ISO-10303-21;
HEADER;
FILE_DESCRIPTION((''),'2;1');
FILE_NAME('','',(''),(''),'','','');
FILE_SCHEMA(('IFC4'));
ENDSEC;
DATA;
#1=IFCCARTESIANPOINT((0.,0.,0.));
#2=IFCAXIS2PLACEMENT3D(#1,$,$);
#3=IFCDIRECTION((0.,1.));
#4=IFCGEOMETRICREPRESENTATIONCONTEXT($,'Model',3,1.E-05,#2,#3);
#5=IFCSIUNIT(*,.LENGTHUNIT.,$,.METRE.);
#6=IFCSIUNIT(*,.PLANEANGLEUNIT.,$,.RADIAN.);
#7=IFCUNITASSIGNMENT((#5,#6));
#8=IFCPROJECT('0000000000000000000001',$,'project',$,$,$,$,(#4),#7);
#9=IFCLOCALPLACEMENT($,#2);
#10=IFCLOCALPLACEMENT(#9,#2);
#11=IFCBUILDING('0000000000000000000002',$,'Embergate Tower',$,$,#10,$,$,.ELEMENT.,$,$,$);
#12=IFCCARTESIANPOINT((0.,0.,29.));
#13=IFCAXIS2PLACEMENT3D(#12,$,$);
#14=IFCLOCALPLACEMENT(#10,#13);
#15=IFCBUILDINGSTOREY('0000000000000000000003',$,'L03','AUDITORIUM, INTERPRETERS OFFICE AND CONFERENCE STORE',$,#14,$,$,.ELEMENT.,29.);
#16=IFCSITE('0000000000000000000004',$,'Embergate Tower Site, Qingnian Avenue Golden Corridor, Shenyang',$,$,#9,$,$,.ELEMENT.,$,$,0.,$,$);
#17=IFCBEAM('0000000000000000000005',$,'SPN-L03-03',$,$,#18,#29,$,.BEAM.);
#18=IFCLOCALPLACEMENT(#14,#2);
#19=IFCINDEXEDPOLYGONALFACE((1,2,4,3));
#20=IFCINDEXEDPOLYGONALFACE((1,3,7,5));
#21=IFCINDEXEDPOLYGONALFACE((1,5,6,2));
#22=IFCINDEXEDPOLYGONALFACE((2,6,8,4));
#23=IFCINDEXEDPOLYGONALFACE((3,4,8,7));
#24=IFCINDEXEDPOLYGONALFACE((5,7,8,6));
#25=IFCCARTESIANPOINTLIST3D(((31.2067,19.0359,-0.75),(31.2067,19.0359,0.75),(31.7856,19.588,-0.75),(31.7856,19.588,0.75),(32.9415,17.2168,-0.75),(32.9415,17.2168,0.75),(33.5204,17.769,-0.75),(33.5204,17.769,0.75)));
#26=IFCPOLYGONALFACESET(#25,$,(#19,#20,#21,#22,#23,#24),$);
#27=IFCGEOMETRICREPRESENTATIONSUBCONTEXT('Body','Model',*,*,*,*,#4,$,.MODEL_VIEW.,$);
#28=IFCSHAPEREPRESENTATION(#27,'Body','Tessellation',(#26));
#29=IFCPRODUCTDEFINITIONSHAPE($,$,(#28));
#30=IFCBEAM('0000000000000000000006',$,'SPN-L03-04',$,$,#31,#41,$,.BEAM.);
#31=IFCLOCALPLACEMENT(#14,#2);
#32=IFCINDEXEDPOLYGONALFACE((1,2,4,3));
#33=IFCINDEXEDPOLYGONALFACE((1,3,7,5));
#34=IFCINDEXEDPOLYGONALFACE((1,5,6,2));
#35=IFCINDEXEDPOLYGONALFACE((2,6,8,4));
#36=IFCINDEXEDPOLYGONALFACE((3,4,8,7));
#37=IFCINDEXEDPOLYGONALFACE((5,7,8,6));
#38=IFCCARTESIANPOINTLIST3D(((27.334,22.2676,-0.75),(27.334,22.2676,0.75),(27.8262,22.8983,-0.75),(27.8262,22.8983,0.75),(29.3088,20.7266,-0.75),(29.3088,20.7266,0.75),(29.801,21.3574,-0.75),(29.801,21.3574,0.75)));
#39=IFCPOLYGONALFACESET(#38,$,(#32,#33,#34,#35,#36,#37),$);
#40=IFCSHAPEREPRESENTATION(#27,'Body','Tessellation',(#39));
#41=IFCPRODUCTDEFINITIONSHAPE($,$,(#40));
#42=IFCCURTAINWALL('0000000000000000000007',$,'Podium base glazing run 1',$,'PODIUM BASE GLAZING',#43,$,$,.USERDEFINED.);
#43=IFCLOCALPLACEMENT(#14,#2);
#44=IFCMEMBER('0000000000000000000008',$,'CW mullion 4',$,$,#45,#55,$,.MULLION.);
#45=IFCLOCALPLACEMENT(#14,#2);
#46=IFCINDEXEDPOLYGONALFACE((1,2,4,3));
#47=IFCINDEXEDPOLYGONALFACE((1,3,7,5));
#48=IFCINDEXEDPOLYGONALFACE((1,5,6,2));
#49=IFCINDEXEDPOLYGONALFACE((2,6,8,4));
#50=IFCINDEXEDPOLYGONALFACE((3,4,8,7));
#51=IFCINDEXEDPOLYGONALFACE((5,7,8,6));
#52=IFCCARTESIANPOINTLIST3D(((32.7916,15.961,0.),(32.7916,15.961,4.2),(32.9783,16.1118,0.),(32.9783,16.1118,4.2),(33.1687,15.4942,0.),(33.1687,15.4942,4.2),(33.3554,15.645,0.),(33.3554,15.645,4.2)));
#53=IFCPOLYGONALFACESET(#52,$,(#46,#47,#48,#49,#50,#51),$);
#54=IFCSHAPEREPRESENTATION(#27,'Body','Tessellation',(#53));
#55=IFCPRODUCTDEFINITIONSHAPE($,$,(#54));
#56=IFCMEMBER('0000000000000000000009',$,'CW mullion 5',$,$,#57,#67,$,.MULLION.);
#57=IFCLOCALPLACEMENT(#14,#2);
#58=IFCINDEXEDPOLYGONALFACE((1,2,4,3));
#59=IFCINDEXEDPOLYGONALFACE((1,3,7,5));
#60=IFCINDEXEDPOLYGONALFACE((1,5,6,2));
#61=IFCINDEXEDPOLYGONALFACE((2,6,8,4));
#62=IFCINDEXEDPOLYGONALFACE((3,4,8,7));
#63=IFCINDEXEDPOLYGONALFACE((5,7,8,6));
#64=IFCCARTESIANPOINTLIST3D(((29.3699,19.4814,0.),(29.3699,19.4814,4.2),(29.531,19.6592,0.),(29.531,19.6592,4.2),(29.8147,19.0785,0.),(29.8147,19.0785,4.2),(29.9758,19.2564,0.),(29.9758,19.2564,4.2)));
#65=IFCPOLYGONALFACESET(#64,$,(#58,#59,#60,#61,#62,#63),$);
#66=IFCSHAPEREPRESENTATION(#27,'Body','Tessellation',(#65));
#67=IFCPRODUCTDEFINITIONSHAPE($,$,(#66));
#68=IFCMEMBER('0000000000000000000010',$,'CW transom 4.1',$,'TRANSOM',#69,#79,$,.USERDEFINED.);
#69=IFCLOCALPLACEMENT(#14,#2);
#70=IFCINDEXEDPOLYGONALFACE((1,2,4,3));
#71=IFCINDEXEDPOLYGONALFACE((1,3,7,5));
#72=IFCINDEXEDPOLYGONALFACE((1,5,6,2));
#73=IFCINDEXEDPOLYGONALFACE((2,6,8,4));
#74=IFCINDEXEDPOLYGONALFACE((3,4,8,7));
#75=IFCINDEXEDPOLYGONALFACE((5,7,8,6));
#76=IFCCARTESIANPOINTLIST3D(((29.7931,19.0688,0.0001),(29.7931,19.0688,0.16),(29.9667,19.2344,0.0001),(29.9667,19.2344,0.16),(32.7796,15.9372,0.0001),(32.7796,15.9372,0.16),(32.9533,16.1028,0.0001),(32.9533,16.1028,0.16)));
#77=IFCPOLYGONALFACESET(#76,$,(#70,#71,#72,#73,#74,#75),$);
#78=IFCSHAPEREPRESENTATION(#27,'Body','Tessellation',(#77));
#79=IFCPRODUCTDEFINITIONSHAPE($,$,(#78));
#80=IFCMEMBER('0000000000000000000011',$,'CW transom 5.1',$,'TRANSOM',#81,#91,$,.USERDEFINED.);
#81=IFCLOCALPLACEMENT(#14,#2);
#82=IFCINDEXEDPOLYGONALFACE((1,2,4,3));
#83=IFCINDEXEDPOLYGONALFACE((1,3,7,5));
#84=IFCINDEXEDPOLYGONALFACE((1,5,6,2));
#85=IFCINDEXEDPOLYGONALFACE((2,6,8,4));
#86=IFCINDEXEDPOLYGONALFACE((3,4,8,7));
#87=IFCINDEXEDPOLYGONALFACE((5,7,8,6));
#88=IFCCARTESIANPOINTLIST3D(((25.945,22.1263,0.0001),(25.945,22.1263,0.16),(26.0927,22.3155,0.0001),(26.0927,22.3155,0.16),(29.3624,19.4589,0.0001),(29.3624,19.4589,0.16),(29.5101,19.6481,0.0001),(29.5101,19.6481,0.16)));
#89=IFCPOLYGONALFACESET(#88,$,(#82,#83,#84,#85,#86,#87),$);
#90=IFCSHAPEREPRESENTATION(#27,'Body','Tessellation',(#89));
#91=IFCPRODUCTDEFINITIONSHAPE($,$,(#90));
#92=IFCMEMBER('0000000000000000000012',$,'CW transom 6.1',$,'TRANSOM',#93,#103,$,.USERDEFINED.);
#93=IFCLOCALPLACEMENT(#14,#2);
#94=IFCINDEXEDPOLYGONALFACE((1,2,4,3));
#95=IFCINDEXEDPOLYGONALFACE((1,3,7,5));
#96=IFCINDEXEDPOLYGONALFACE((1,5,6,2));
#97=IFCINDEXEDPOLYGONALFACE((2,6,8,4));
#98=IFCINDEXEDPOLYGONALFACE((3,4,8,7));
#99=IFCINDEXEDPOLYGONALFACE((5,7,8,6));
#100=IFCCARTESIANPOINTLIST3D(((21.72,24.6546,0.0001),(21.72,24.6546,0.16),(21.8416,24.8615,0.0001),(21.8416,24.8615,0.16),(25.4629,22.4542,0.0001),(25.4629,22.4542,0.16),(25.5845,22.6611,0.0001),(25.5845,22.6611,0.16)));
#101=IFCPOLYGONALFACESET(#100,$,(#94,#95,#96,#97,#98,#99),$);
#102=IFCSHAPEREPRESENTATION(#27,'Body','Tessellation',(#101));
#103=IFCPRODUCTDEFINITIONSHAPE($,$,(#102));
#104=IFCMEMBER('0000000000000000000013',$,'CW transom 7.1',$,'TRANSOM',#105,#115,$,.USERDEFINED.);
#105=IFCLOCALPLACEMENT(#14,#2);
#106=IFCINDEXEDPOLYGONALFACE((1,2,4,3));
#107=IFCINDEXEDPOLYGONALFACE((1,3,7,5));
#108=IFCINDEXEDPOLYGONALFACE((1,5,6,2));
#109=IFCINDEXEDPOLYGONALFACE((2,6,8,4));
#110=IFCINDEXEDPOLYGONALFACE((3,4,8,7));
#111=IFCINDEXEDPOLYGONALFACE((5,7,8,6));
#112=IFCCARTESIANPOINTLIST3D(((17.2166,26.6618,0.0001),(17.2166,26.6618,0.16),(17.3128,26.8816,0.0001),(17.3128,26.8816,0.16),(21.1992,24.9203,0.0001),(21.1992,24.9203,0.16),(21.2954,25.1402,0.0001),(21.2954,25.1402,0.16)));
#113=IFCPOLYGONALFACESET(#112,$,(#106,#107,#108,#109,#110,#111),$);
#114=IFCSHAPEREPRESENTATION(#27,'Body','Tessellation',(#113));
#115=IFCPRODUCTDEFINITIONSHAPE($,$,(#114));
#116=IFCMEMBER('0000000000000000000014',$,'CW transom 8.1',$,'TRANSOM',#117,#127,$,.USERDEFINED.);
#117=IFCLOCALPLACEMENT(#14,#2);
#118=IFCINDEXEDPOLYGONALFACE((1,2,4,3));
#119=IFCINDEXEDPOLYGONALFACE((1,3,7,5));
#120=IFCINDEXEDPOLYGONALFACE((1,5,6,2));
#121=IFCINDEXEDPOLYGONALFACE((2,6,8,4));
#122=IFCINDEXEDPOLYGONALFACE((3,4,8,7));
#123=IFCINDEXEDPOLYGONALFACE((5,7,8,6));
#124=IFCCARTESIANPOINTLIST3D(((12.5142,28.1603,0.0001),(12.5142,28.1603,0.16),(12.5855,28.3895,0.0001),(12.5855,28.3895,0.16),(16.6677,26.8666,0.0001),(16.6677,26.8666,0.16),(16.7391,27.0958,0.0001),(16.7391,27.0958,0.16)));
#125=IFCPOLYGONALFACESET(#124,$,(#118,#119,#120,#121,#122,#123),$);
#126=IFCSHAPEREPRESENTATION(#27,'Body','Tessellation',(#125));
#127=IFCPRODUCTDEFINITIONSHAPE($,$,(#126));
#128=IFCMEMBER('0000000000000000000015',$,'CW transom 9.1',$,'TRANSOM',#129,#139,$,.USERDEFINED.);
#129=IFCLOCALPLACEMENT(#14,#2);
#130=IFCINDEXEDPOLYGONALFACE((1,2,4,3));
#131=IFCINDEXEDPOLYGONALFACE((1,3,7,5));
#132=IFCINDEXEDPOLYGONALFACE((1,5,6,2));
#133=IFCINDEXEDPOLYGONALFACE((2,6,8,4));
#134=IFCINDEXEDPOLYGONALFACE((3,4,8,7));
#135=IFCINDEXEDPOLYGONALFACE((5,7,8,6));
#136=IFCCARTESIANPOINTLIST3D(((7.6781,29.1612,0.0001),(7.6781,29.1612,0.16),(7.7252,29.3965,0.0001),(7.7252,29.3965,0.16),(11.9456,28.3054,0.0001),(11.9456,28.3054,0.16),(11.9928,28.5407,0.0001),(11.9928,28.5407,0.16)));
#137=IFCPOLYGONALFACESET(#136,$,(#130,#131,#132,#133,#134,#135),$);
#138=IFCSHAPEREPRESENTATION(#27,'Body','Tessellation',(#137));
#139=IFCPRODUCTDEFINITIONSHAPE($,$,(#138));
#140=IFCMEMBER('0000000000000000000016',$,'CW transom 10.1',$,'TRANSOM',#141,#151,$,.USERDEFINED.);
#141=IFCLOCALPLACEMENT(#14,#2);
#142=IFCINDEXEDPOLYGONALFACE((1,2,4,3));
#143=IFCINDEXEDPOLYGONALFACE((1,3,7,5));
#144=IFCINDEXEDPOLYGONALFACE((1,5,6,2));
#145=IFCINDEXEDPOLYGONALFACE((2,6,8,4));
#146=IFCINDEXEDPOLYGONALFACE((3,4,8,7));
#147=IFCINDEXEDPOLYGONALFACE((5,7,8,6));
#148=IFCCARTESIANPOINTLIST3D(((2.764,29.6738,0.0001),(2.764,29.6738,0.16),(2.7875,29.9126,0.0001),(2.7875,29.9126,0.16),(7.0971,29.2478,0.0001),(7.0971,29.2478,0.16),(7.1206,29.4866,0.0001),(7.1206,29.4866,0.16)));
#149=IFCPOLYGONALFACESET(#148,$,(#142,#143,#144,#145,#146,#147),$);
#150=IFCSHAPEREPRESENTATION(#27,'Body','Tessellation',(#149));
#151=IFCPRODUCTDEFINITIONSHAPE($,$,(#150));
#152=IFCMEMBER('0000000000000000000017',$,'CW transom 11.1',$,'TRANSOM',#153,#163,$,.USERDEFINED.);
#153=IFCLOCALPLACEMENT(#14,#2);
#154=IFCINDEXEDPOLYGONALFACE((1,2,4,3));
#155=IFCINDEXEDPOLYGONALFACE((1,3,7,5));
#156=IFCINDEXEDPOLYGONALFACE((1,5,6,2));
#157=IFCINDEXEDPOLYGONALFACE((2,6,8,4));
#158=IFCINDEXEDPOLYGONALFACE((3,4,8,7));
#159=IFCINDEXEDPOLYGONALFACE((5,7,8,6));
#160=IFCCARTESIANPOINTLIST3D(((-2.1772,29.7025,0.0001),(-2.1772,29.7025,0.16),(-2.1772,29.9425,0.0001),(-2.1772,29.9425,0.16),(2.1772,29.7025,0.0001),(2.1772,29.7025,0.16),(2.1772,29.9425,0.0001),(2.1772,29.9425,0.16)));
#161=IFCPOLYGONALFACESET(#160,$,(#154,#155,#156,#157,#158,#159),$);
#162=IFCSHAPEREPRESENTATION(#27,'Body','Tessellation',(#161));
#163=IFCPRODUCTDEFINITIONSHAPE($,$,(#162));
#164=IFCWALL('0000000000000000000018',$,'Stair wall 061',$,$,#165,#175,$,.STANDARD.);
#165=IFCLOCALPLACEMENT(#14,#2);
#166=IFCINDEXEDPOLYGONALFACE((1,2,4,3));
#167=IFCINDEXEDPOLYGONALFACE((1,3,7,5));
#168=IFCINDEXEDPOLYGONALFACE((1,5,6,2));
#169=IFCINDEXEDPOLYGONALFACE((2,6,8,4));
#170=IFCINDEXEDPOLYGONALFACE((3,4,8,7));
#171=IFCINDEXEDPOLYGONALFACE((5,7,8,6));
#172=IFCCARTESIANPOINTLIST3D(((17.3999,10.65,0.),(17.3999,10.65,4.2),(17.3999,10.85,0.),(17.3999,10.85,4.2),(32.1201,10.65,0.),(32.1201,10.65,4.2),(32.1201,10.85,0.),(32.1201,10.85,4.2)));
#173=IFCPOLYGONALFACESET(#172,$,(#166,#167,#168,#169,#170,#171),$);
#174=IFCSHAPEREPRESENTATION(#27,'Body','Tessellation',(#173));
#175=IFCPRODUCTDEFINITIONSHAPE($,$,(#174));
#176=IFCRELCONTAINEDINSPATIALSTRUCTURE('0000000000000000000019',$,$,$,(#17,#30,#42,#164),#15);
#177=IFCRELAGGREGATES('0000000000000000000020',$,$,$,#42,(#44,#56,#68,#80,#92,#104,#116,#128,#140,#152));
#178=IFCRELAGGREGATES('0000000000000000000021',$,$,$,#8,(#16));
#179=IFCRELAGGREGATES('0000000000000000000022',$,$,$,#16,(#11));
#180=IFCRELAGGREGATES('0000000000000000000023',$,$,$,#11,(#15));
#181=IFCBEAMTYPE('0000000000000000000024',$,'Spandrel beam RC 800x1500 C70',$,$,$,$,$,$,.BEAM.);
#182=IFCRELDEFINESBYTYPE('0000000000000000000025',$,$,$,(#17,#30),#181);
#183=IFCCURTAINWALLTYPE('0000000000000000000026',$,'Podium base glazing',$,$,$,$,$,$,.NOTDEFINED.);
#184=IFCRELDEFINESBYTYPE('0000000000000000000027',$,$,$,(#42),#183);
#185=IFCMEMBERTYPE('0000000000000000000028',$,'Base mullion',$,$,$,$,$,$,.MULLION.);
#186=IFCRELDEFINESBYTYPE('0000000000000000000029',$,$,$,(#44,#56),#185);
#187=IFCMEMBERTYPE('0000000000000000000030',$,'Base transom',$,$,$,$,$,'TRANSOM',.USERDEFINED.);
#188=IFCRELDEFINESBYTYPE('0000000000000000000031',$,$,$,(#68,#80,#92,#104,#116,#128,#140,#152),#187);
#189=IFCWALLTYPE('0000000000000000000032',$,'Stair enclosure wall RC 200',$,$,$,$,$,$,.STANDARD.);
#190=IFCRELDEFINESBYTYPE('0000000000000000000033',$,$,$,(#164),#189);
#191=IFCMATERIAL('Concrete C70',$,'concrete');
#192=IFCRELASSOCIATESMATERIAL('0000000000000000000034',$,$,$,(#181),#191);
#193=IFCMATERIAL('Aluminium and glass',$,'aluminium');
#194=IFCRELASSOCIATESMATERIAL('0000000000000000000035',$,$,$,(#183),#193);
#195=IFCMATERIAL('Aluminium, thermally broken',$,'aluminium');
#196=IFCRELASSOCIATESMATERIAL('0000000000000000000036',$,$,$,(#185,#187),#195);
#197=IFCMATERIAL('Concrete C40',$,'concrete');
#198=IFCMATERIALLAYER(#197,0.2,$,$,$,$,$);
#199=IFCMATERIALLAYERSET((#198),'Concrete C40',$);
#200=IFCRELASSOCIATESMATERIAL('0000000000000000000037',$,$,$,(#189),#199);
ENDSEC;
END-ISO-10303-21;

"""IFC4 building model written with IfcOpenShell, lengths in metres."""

from ifc_helpers import new_model, si_unit, direction, frame, frame_2d, origin, origin_2d, place, context, subcontext, project, spatial, rectangle, extrude, source, transform, mapped, material, layer, layer_set, material_profile, profile_set, type_object, element, aggregate, save


model = new_model("IFC4")

# Units and contexts
model_context = context("Model", 3, precision=1e-05, world=origin(), true_north=direction((0.0, 1.0)))
body_context = subcontext(model_context, "Body", "Model", "MODEL_VIEW")
ifc_project = project(units=[si_unit("LENGTHUNIT", "METRE"), si_unit("PLANEANGLEUNIT", "RADIAN")], contexts=[model_context])

# Site, building, storey
site_placement = place(None, origin())
site = spatial("IfcSite", under=ifc_project, at=site_placement, Name="Embergate Tower Site, Qingnian Avenue Golden Corridor, Shenyang", CompositionType="ELEMENT", RefElevation=0.0)
building_placement = place(site_placement, origin())
building = spatial("IfcBuilding", under=site, at=building_placement, Name="Embergate Tower", CompositionType="ELEMENT")
storey_placement = place(building_placement, frame((0.0, 0.0, 29.0)))
storey = spatial("IfcBuildingStorey", under=building, at=storey_placement, Name="L03", Description="AUDITORIUM, INTERPRETERS OFFICE AND CONFERENCE STORE", CompositionType="ELEMENT", Elevation=29.0)

# Beams
ifc_material_1 = material(Name="Concrete C70", Category="concrete")
ifc_material_profile_1 = material_profile(ifc_material_1, rectangle(XDim=0.8, YDim=1.5, at=origin_2d()), Name="RC 800x1500")
ifc_profile_set_1 = profile_set([ifc_material_profile_1], Name="Concrete C70")
beam_type = type_object("IfcBeamType", Name="Spandrel beam RC 800x1500 C70", PredefinedType="BEAM", material=ifc_profile_set_1)
shared_shape_1 = source(origin(), body_context, "Body", "SweptSolid", [
    extrude(rectangle(XDim=0.8, YDim=1.5, at=origin_2d()), origin(), (0.0, 0.0, 1.0), 2.5137),
])
beam_1_placement = place(storey_placement, frame((33.231, 17.4929, 0.0), z_axis=(-0.690155, 0.723662, 0.0), x_axis=(-0.723662, -0.690155, 0.0)))
element("IfcBeam", 1, at=beam_1_placement, inside=storey, type_object=beam_type, Name="SPN-L03-03", PredefinedType="BEAM", context=body_context, shape_type="MappedRepresentation", body=[
    mapped(shared_shape_1, transform((0.0, 0.0, 0.0))),
])
shared_shape_2 = source(origin(), body_context, "Body", "SweptSolid", [
    extrude(rectangle(XDim=0.8, YDim=1.5, at=origin_2d()), origin(), (0.0, 0.0, 1.0), 2.5049),
])
beam_2_placement = place(storey_placement, frame((29.5549, 21.042, 0.0), z_axis=(-0.78838, 0.615188, 0.0), x_axis=(-0.615188, -0.78838, 0.0)))
element("IfcBeam", 2, at=beam_2_placement, inside=storey, type_object=beam_type, Name="SPN-L03-04", PredefinedType="BEAM", context=body_context, shape_type="MappedRepresentation", body=[
    mapped(shared_shape_2, transform((0.0, 0.0, 0.0))),
])

# Curtain wall, members
ifc_material_2 = material(Name="Aluminium and glass", Category="aluminium")
curtain_wall_type = type_object("IfcCurtainWallType", Name="Podium base glazing", PredefinedType="NOTDEFINED", material=ifc_material_2)
curtain_wall_placement = place(storey_placement, origin())
curtain_wall = element("IfcCurtainWall", 3, at=curtain_wall_placement, inside=storey, type_object=curtain_wall_type, Name="Podium base glazing run 1", ObjectType="PODIUM BASE GLAZING", PredefinedType="USERDEFINED")
ifc_material_3 = material(Name="Aluminium, thermally broken", Category="aluminium")
ifc_material_profile_2 = material_profile(ifc_material_3, rectangle(XDim=0.24, YDim=0.6001, at=origin_2d()), Name="AL 600x240")
ifc_profile_set_2 = profile_set([ifc_material_profile_2], Name="Aluminium, thermally broken")
member_type_1 = type_object("IfcMemberType", Name="Base mullion", PredefinedType="MULLION", material=ifc_profile_set_2)
shared_shape_3 = source(origin(), body_context, "Body", "SweptSolid", [
    extrude(rectangle(XDim=0.24, YDim=0.6001, at=origin_2d()), origin(), (0.0, 0.0, 1.0), 4.2),
])
member_1_placement = place(storey_placement, frame((33.0735, 15.803, 0.0), z_axis=(0.0, 0.0, 1.0), x_axis=(-0.77788, -0.628413, 0.0)))
member_1 = element("IfcMember", 4, at=member_1_placement, type_object=member_type_1, Name="CW mullion 4", PredefinedType="MULLION", context=body_context, shape_type="MappedRepresentation", body=[
    mapped(shared_shape_3, transform((0.0, 0.0, 0.0))),
])
member_2_placement = place(storey_placement, frame((29.6729, 19.3689, 0.0), z_axis=(0.0, 0.0, 1.0), x_axis=(-0.671236, -0.741244, 0.0)))
member_2 = element("IfcMember", 5, at=member_2_placement, type_object=member_type_1, Name="CW mullion 5", PredefinedType="MULLION", context=body_context, shape_type="MappedRepresentation", body=[
    mapped(shared_shape_3, transform((0.0, 0.0, 0.0))),
])
ifc_material_profile_3 = material_profile(ifc_material_3, rectangle(XDim=0.24, YDim=0.1599, at=origin_2d()), Name="AL 160x240")
ifc_profile_set_3 = profile_set([ifc_material_profile_3], Name="Aluminium, thermally broken")
member_type_2 = type_object("IfcMemberType", Name="Base transom", ElementType="TRANSOM", PredefinedType="USERDEFINED", material=ifc_profile_set_3)
shared_shape_4 = source(origin(), body_context, "Body", "SweptSolid", [
    extrude(rectangle(XDim=0.24, YDim=0.1599, at=origin_2d()), origin(), (0.0, 0.0, 1.0), 4.3274),
])
member_3_placement = place(storey_placement, frame((32.8665, 16.02, 0.0801), z_axis=(-0.690152, 0.723664, 0.0), x_axis=(-0.723664, -0.690152, 0.0)))
member_3 = element("IfcMember", 6, at=member_3_placement, type_object=member_type_2, Name="CW transom 4.1", ObjectType="TRANSOM", PredefinedType="USERDEFINED", context=body_context, shape_type="MappedRepresentation", body=[
    mapped(shared_shape_4, transform((0.0, 0.0, 0.0))),
])
shared_shape_5 = source(origin(), body_context, "Body", "SweptSolid", [
    extrude(rectangle(XDim=0.24, YDim=0.1599, at=origin_2d()), origin(), (0.0, 0.0, 1.0), 4.3352),
])
member_4_placement = place(storey_placement, frame((29.4363, 19.5535, 0.0801), z_axis=(-0.788296, 0.615296, 0.0), x_axis=(-0.615296, -0.788296, 0.0)))
member_4 = element("IfcMember", 7, at=member_4_placement, type_object=member_type_2, Name="CW transom 5.1", ObjectType="TRANSOM", PredefinedType="USERDEFINED", context=body_context, shape_type="MappedRepresentation", body=[
    mapped(shared_shape_5, transform((0.0, 0.0, 0.0))),
])
shared_shape_6 = source(origin(), body_context, "Body", "SweptSolid", [
    extrude(rectangle(XDim=0.24, YDim=0.1599, at=origin_2d()), origin(), (0.0, 0.0, 1.0), 4.3418),
])
member_5_placement = place(storey_placement, frame((25.5237, 22.5576, 0.0801), z_axis=(-0.862063, 0.506801, 0.0), x_axis=(-0.506801, -0.862063, 0.0)))
member_5 = element("IfcMember", 8, at=member_5_placement, type_object=member_type_2, Name="CW transom 6.1", ObjectType="TRANSOM", PredefinedType="USERDEFINED", context=body_context, shape_type="MappedRepresentation", body=[
    mapped(shared_shape_6, transform((0.0, 0.0, 0.0))),
])
shared_shape_7 = source(origin(), body_context, "Body", "SweptSolid", [
    extrude(rectangle(XDim=0.24, YDim=0.1599, at=origin_2d()), origin(), (0.0, 0.0, 1.0), 4.3467),
])
member_6_placement = place(storey_placement, frame((21.2473, 25.0303, 0.0801), z_axis=(-0.916239, 0.400633, 0.0), x_axis=(-0.400633, -0.916239, 0.0)))
member_6 = element("IfcMember", 9, at=member_6_placement, type_object=member_type_2, Name="CW transom 7.1", ObjectType="TRANSOM", PredefinedType="USERDEFINED", context=body_context, shape_type="MappedRepresentation", body=[
    mapped(shared_shape_7, transform((0.0, 0.0, 0.0))),
])
shared_shape_8 = source(origin(), body_context, "Body", "SweptSolid", [
    extrude(rectangle(XDim=0.24, YDim=0.1599, at=origin_2d()), origin(), (0.0, 0.0, 1.0), 4.3503),
])
member_7_placement = place(storey_placement, frame((16.7034, 26.9812, 0.0801), z_axis=(-0.95476, 0.297377, 0.0), x_axis=(-0.297377, -0.95476, 0.0)))
member_7 = element("IfcMember", 10, at=member_7_placement, type_object=member_type_2, Name="CW transom 8.1", ObjectType="TRANSOM", PredefinedType="USERDEFINED", context=body_context, shape_type="MappedRepresentation", body=[
    mapped(shared_shape_8, transform((0.0, 0.0, 0.0))),
])
shared_shape_9 = source(origin(), body_context, "Body", "SweptSolid", [
    extrude(rectangle(XDim=0.24, YDim=0.1599, at=origin_2d()), origin(), (0.0, 0.0, 1.0), 4.3525),
])
member_8_placement = place(storey_placement, frame((11.9692, 28.4231, 0.0801), z_axis=(-0.980483, 0.196602, 0.0), x_axis=(-0.196602, -0.980483, 0.0)))
member_8 = element("IfcMember", 11, at=member_8_placement, type_object=member_type_2, Name="CW transom 9.1", ObjectType="TRANSOM", PredefinedType="USERDEFINED", context=body_context, shape_type="MappedRepresentation", body=[
    mapped(shared_shape_9, transform((0.0, 0.0, 0.0))),
])
shared_shape_10 = source(origin(), body_context, "Body", "SweptSolid", [
    extrude(rectangle(XDim=0.24, YDim=0.1599, at=origin_2d()), origin(), (0.0, 0.0, 1.0), 4.354),
])
member_9_placement = place(storey_placement, frame((7.1089, 29.3672, 0.0801), z_axis=(-0.995201, 0.097849, 0.0), x_axis=(-0.097849, -0.995201, 0.0)))
member_9 = element("IfcMember", 12, at=member_9_placement, type_object=member_type_2, Name="CW transom 10.1", ObjectType="TRANSOM", PredefinedType="USERDEFINED", context=body_context, shape_type="MappedRepresentation", body=[
    mapped(shared_shape_10, transform((0.0, 0.0, 0.0))),
])
shared_shape_11 = source(origin(), body_context, "Body", "SweptSolid", [
    extrude(rectangle(XDim=0.24, YDim=0.1599, at=origin_2d()), origin(), (0.0, 0.0, 1.0), 4.3545),
])
member_10_placement = place(storey_placement, frame((2.1772, 29.8225, 0.0801), z_axis=(-1.0, 0.0, 0.0), x_axis=(0.0, -1.0, 0.0)))
member_10 = element("IfcMember", 13, at=member_10_placement, type_object=member_type_2, Name="CW transom 11.1", ObjectType="TRANSOM", PredefinedType="USERDEFINED", context=body_context, shape_type="MappedRepresentation", body=[
    mapped(shared_shape_11, transform((0.0, 0.0, 0.0))),
])
aggregate(curtain_wall, [member_1, member_2, member_3, member_4, member_5, member_6, member_7, member_8, member_9, member_10])

# Wall
ifc_material_4 = material(Name="Concrete C40", Category="concrete")
ifc_layer_1 = layer(ifc_material_4, 0.2)
ifc_layer_set_1 = layer_set([ifc_layer_1], Name="Concrete C40")
wall_type_1 = type_object("IfcWallType", Name="Stair enclosure wall RC 200", PredefinedType="STANDARD", material=ifc_layer_set_1)
shared_shape_12 = source(origin(), body_context, "Body", "SweptSolid", [
    extrude(rectangle(XDim=14.7202, YDim=0.2, at=frame_2d((7.3601, 0.0))), origin(), (0.0, 0.0, 1.0), 4.2),
])
wall_1_placement = place(storey_placement, frame((32.1201, 10.75, 0.0), z_axis=(0.0, 0.0, 1.0), x_axis=(-1.0, 0.0, 0.0)))
element("IfcWall", 14, at=wall_1_placement, inside=storey, type_object=wall_type_1, Name="Stair wall 061", PredefinedType="STANDARD", context=body_context, shape_type="MappedRepresentation", body=[
    mapped(shared_shape_12, transform((0.0, 0.0, 0.0))),
])

save(model, "model.ifc")
